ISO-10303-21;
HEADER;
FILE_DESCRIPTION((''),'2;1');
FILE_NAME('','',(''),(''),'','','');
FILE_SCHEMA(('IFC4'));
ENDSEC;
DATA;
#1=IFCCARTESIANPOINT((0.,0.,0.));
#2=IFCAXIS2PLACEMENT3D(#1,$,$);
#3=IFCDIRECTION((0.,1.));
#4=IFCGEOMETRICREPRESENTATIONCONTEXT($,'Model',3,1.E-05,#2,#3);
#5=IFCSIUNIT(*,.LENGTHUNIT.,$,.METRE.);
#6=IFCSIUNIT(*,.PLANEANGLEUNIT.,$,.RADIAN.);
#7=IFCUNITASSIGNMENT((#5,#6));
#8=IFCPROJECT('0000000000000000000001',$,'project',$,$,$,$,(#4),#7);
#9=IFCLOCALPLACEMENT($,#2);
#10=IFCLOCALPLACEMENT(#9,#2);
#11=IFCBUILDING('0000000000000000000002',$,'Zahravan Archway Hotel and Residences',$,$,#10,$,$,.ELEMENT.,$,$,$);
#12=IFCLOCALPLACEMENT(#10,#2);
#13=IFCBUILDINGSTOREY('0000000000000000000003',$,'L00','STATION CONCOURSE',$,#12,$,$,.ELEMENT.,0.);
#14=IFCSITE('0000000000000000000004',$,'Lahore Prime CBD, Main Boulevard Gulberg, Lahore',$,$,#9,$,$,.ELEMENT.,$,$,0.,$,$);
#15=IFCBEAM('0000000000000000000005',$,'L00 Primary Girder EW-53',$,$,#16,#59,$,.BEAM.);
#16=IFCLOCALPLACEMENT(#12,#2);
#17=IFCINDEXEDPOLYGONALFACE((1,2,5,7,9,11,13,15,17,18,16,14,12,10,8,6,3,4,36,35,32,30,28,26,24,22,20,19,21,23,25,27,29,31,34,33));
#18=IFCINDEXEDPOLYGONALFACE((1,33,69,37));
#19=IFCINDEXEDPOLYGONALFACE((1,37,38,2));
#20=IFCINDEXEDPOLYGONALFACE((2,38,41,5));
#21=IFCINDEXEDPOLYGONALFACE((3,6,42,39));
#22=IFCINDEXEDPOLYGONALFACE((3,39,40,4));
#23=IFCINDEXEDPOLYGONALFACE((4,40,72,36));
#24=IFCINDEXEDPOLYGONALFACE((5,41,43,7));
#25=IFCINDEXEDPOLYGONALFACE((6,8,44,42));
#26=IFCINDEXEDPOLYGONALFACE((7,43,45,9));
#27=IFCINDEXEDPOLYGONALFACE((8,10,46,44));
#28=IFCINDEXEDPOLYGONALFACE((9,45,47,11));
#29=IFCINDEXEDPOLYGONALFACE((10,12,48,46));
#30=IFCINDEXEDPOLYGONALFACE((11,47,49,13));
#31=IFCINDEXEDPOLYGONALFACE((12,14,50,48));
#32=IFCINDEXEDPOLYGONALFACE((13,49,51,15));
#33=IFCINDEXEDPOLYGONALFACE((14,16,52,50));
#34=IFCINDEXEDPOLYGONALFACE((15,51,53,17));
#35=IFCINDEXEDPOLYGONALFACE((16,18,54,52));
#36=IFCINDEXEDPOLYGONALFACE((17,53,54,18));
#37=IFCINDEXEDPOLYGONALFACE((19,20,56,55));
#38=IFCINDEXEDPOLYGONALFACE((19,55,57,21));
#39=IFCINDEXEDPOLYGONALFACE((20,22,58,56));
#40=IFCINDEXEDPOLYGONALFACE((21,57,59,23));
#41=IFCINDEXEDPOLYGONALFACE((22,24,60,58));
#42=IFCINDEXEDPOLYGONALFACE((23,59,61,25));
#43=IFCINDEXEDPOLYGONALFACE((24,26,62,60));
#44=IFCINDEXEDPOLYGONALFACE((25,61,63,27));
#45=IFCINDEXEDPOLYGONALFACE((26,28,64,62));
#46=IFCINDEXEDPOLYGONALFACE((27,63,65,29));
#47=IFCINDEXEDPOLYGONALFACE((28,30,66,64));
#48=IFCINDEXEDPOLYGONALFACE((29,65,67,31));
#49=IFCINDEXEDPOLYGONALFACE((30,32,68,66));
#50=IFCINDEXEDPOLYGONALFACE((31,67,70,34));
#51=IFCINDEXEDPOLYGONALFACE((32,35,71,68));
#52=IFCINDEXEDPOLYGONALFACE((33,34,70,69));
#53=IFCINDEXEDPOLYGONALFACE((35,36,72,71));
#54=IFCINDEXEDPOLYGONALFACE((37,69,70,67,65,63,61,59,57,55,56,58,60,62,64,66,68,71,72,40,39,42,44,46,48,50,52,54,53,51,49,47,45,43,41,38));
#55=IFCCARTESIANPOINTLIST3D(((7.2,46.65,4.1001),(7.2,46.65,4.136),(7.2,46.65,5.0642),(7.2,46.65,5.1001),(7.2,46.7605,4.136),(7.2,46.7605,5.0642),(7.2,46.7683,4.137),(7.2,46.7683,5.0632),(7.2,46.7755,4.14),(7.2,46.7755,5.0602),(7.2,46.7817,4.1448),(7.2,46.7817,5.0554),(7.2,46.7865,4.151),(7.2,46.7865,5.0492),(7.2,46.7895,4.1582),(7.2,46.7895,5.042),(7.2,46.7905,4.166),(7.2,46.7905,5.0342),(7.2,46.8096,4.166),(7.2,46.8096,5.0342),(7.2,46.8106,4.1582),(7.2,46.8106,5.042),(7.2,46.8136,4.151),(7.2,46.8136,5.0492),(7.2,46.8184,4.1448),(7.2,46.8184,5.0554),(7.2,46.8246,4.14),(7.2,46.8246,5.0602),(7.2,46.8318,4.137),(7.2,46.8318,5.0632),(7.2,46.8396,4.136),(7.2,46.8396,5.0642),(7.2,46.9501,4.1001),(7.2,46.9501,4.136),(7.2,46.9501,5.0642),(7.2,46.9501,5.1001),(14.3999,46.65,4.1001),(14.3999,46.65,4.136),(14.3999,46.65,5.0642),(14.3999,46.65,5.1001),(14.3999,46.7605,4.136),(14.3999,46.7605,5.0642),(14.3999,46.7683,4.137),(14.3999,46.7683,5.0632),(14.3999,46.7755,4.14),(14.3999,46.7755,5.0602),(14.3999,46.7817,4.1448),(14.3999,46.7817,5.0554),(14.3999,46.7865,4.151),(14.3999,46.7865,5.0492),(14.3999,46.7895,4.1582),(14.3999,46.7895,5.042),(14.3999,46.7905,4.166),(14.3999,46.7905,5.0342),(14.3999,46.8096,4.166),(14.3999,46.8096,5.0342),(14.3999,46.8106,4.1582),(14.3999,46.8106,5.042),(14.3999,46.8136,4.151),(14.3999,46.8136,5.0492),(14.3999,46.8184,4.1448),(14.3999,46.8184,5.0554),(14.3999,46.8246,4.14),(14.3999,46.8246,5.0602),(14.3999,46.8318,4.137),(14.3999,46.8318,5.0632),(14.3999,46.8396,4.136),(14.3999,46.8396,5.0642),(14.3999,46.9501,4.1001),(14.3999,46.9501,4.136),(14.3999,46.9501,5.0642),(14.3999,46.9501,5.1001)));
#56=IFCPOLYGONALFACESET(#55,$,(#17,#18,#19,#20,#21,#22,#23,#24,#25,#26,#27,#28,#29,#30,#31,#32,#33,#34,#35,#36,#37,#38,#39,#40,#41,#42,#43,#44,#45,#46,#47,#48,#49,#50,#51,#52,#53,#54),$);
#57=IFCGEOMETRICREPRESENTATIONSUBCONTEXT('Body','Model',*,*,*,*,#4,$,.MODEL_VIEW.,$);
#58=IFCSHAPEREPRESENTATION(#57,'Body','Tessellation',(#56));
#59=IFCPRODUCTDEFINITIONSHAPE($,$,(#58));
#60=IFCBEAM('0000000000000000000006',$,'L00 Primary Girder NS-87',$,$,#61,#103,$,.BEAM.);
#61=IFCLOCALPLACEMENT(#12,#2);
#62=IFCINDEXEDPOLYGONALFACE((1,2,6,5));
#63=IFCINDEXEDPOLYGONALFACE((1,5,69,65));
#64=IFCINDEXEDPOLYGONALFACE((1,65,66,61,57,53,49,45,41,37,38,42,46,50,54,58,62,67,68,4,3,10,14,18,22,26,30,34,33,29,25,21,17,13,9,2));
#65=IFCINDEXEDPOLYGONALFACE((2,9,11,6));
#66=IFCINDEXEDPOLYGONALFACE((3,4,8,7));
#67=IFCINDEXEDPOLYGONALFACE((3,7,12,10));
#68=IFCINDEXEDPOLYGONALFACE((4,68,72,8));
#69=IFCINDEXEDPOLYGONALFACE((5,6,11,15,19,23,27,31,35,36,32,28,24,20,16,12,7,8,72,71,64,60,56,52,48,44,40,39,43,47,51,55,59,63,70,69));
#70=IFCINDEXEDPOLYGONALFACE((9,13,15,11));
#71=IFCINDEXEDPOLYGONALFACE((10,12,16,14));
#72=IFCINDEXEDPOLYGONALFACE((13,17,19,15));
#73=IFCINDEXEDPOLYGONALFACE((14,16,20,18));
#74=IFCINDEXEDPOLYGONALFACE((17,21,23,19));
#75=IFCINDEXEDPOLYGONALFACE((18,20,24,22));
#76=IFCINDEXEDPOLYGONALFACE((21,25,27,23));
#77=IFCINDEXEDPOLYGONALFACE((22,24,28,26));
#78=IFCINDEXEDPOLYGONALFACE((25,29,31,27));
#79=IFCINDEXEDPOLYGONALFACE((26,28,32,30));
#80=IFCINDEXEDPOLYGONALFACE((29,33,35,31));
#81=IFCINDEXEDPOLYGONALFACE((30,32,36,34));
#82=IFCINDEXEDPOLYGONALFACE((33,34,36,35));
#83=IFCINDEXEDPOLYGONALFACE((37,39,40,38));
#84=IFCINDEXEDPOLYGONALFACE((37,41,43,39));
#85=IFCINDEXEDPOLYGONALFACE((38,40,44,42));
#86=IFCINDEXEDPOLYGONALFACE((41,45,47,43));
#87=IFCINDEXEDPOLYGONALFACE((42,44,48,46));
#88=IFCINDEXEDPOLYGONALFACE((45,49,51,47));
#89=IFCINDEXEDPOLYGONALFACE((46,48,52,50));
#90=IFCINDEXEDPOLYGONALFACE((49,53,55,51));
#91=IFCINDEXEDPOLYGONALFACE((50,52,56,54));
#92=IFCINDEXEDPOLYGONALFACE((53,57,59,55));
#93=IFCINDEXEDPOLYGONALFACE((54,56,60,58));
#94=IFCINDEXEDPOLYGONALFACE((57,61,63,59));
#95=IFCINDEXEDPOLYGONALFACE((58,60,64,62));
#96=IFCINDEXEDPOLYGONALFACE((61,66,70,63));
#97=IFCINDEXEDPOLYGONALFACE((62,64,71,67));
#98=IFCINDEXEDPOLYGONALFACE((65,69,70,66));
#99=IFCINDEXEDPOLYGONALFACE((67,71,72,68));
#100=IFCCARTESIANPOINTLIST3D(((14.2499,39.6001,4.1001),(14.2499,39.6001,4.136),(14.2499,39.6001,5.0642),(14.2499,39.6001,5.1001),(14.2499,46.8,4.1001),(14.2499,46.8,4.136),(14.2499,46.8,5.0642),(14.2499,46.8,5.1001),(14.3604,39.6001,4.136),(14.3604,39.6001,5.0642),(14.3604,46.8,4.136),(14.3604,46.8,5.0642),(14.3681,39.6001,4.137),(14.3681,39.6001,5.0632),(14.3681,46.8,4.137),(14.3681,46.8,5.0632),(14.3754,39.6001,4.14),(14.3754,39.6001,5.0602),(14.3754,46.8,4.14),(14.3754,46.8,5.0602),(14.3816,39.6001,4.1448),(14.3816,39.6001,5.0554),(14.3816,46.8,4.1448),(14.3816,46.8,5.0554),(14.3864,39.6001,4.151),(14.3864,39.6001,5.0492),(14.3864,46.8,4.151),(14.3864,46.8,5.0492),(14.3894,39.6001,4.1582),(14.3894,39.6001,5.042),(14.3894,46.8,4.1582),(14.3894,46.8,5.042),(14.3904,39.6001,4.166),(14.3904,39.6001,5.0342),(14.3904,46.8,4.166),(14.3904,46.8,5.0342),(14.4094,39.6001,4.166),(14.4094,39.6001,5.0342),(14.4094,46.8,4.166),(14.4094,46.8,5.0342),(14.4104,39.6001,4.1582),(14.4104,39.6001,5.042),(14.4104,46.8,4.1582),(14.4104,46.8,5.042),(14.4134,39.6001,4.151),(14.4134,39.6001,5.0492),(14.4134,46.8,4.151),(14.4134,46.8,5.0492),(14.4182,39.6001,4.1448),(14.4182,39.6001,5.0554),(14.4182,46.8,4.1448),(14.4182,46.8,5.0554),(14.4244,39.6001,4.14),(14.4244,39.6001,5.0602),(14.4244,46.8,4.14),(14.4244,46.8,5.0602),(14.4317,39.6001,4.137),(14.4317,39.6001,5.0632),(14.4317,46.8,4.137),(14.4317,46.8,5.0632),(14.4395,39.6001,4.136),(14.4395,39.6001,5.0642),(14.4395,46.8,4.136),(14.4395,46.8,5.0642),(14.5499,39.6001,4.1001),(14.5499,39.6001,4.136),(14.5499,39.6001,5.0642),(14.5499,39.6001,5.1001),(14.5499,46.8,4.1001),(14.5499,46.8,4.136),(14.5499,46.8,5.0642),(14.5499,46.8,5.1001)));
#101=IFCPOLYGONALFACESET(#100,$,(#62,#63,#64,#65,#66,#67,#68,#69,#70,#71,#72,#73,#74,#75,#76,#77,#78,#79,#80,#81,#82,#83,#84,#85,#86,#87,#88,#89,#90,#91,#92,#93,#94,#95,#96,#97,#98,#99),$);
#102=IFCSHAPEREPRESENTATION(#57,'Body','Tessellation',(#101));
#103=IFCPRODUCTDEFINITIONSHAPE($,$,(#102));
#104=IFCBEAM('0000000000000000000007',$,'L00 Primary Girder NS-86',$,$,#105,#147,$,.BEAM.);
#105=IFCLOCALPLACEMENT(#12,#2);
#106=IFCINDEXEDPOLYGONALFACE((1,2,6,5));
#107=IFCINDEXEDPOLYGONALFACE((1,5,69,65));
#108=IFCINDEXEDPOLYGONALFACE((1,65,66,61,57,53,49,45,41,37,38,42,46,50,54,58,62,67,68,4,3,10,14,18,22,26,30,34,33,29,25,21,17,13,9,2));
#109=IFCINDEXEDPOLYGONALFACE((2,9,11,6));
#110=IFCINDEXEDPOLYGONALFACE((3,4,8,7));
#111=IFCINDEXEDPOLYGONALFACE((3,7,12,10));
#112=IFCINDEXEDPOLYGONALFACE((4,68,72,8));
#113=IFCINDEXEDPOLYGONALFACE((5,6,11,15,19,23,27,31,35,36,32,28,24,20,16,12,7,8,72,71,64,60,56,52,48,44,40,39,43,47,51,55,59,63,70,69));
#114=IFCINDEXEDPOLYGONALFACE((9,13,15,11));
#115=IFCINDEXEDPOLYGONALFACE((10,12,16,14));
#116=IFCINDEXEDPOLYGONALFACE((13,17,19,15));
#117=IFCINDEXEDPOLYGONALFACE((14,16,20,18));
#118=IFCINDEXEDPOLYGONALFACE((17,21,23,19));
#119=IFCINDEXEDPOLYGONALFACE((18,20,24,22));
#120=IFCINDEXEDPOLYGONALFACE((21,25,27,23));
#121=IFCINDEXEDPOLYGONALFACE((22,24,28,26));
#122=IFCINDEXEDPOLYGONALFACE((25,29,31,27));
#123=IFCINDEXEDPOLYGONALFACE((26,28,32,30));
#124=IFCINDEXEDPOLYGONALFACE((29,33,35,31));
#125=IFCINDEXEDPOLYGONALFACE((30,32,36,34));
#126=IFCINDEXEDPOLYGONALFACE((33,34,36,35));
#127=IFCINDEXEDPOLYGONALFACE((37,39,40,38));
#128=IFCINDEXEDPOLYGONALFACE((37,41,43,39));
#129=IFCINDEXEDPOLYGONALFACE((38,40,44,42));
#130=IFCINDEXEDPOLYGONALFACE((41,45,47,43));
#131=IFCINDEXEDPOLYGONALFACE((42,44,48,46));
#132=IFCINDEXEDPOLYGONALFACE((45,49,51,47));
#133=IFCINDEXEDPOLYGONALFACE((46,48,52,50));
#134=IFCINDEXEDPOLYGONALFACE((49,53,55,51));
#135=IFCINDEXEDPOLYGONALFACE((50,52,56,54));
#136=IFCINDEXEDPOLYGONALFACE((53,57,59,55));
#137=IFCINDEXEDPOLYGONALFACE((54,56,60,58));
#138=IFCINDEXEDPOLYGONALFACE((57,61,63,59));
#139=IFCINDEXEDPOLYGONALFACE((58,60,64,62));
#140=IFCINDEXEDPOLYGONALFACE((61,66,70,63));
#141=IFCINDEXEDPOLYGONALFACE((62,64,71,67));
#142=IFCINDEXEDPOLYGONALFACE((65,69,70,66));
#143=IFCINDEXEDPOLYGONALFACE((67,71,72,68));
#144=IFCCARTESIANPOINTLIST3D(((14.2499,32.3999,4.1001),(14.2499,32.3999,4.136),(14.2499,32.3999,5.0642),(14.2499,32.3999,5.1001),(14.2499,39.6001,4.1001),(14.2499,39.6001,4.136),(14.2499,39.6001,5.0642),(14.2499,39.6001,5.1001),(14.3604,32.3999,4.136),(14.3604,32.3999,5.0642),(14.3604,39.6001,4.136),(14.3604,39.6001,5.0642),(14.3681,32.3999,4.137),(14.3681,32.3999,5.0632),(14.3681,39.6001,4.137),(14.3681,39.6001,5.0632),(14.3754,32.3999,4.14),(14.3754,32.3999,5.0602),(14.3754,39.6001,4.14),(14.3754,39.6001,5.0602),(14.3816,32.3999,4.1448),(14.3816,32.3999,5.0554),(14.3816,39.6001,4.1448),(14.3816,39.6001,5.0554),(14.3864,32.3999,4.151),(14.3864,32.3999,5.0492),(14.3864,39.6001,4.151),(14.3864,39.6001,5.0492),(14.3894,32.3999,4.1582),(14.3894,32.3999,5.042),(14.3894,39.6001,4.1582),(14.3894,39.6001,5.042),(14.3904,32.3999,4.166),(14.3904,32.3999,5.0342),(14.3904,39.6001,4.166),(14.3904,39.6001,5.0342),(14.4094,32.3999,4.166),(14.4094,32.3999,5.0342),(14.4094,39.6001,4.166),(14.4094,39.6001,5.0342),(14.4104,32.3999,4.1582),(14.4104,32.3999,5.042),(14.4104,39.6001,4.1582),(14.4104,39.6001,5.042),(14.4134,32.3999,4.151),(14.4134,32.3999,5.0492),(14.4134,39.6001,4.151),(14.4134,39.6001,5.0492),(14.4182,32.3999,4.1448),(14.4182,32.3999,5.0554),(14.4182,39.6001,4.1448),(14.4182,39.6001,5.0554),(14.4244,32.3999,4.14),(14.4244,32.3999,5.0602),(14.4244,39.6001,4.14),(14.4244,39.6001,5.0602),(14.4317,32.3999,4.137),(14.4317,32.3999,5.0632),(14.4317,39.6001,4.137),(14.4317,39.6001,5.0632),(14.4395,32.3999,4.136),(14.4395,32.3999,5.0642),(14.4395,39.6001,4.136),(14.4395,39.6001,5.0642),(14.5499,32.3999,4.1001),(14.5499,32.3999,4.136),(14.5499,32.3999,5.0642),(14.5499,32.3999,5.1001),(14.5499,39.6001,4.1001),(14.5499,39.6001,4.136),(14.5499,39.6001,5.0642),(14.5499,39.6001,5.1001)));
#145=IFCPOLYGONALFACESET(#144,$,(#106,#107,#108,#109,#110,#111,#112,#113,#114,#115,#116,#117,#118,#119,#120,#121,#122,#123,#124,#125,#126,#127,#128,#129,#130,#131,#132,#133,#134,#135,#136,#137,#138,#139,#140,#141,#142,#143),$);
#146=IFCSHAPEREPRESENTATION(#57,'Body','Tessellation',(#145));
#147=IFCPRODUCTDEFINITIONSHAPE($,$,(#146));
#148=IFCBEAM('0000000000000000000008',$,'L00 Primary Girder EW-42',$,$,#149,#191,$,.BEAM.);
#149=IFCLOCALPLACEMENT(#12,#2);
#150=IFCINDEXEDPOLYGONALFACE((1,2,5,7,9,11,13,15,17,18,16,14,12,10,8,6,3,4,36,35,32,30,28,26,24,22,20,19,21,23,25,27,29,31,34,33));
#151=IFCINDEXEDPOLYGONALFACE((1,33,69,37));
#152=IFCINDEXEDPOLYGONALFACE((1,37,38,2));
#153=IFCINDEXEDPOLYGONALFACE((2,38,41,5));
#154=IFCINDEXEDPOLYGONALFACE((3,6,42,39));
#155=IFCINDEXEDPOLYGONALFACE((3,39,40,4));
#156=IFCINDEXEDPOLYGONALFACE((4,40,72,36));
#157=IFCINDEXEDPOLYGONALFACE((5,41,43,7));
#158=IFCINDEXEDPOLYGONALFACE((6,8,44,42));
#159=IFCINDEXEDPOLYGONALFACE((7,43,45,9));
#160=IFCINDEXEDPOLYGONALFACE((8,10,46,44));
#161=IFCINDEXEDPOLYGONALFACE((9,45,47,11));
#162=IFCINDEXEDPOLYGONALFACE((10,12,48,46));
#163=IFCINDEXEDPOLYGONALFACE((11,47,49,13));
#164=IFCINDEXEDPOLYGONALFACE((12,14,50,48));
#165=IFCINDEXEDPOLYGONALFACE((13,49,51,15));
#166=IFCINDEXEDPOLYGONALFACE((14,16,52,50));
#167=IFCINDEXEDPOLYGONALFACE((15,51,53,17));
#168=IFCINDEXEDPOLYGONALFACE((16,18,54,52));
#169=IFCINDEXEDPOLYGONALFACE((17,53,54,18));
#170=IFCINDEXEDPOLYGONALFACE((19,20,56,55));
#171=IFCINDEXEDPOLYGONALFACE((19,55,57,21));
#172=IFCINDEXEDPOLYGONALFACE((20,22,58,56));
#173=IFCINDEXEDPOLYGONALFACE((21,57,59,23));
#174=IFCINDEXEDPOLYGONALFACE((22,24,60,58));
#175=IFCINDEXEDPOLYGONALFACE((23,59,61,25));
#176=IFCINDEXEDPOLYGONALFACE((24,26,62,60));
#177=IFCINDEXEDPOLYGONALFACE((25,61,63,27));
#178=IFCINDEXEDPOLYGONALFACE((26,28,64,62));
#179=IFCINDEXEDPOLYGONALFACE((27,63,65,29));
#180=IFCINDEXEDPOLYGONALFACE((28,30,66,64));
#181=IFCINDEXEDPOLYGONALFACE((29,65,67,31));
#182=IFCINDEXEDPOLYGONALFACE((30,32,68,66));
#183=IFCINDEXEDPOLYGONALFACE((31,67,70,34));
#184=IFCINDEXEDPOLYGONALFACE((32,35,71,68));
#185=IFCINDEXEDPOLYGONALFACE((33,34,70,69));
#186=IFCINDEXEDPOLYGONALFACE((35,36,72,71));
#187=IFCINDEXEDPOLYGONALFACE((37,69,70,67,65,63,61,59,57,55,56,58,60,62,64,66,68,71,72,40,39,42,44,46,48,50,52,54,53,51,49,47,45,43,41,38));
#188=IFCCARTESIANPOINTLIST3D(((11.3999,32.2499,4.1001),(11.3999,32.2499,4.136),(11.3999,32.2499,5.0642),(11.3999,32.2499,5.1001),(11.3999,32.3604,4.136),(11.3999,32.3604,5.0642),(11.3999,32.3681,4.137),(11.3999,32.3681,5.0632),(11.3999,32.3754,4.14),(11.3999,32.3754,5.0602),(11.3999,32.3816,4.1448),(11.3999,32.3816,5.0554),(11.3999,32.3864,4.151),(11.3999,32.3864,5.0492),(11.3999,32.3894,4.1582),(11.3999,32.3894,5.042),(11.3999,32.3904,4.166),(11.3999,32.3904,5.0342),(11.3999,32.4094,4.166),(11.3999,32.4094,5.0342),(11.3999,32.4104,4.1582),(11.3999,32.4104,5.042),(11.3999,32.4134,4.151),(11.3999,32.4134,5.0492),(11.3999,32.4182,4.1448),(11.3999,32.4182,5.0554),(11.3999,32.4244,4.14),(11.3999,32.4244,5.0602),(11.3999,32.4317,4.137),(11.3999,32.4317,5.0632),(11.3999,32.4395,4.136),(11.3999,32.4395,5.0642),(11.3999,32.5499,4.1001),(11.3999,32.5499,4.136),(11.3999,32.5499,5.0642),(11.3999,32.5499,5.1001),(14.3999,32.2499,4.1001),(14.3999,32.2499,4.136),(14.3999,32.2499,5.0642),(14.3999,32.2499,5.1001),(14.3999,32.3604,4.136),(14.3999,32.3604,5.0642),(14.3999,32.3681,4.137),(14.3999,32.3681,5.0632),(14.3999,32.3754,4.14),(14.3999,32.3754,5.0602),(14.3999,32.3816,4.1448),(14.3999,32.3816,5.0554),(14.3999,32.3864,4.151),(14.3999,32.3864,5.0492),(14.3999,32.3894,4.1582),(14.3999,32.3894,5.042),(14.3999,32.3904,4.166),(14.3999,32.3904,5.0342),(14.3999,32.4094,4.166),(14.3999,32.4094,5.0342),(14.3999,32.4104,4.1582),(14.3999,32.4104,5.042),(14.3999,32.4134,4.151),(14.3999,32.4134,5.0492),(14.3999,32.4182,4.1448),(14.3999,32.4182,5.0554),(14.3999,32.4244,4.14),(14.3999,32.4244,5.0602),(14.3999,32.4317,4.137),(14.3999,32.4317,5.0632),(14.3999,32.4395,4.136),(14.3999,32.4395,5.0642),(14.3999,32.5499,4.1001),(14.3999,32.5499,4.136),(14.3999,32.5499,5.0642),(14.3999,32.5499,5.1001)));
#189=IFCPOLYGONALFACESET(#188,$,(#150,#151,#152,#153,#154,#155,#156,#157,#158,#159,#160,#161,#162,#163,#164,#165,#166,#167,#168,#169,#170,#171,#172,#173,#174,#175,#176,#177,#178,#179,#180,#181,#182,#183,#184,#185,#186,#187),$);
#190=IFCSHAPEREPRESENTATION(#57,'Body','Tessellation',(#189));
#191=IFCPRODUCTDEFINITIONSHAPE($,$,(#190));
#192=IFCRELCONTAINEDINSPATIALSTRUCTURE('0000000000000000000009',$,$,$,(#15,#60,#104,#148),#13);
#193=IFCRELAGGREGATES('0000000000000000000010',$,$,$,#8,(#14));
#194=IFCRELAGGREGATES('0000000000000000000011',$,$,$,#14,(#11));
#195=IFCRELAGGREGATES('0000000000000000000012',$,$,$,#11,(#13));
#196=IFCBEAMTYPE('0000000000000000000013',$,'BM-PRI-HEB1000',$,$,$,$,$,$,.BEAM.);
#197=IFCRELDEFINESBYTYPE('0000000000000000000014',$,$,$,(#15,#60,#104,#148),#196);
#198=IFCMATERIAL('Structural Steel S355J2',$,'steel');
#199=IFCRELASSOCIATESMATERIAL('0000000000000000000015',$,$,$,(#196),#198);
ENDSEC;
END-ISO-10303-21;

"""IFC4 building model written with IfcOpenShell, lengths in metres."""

from ifc_helpers import new_model, si_unit, direction, frame, origin, origin_2d, place, context, subcontext, project, spatial, i_section, extrude, source, transform, mapped, material, material_profile, profile_set, type_object, element, save


model = new_model("IFC4")

# Units and contexts
model_context = context("Model", 3, precision=1e-05, world=origin(), true_north=direction((0.0, 1.0)))
body_context = subcontext(model_context, "Body", "Model", "MODEL_VIEW")
ifc_project = project(units=[si_unit("LENGTHUNIT", "METRE"), si_unit("PLANEANGLEUNIT", "RADIAN")], contexts=[model_context])

# Site, building, storey
site_placement = place(None, origin())
site = spatial("IfcSite", under=ifc_project, at=site_placement, Name="Lahore Prime CBD, Main Boulevard Gulberg, Lahore", CompositionType="ELEMENT", RefElevation=0.0)
building_placement = place(site_placement, origin())
building = spatial("IfcBuilding", under=site, at=building_placement, Name="Zahravan Archway Hotel and Residences", CompositionType="ELEMENT")
storey_placement = place(building_placement, origin())
storey = spatial("IfcBuildingStorey", under=building, at=storey_placement, Name="L00", Description="STATION CONCOURSE", CompositionType="ELEMENT", Elevation=0.0)

# Beams
ifc_material_1 = material(Name="Structural Steel S355J2", Category="steel")
ifc_material_profile_1 = material_profile(ifc_material_1, i_section(OverallWidth=0.3, OverallDepth=1.0, WebThickness=0.019, FlangeThickness=0.0359, FilletRadius=0.03, at=origin_2d()), Name="HEB 1000", Category="steel")
ifc_profile_set_1 = profile_set([ifc_material_profile_1], Name="Structural Steel S355J2")
beam_type_1 = type_object("IfcBeamType", Name="BM-PRI-HEB1000", PredefinedType="BEAM", material=ifc_profile_set_1)
shared_shape_1 = source(origin(), body_context, "Body", "SweptSolid", [
    extrude(i_section(OverallWidth=0.3, OverallDepth=1.0, WebThickness=0.019, FlangeThickness=0.0359, FilletRadius=0.03, at=origin_2d()), origin(), (0.0, 0.0, 1.0), 7.2),
])
for number, where, z_axis, x_axis, name in (
    (1, (7.2, 46.8, 4.6001), (1.0, 0.0, 0.0), (0.0, 1.0, 0.0), "L00 Primary Girder EW-53"),
    (2, (14.3999, 39.6001, 4.6001), (0.0, 1.0, 0.0), (-1.0, 0.0, 0.0), "L00 Primary Girder NS-87"),
):
    element("IfcBeam", number, at=place(storey_placement, frame(where, z_axis=z_axis, x_axis=x_axis)), inside=storey, type_object=beam_type_1, Name=name, PredefinedType="BEAM", context=body_context, shape_type="MappedRepresentation", body=[
        mapped(shared_shape_1, transform((0.0, 0.0, 0.0), scale=1.0)),
    ])
shared_shape_2 = source(origin(), body_context, "Body", "SweptSolid", [
    extrude(i_section(OverallWidth=0.3, OverallDepth=1.0, WebThickness=0.019, FlangeThickness=0.0359, FilletRadius=0.03, at=origin_2d()), origin(), (0.0, 0.0, 1.0), 7.2002),
])
beam_1_placement = place(storey_placement, frame((14.3999, 32.3999, 4.6001), z_axis=(0.0, 1.0, 0.0), x_axis=(-1.0, 0.0, 0.0)))
element("IfcBeam", 3, at=beam_1_placement, inside=storey, type_object=beam_type_1, Name="L00 Primary Girder NS-86", PredefinedType="BEAM", context=body_context, shape_type="MappedRepresentation", body=[
    mapped(shared_shape_2, transform((0.0, 0.0, 0.0), scale=1.0)),
])
shared_shape_3 = source(origin(), body_context, "Body", "SweptSolid", [
    extrude(i_section(OverallWidth=0.3, OverallDepth=1.0, WebThickness=0.019, FlangeThickness=0.0359, FilletRadius=0.03, at=origin_2d()), origin(), (0.0, 0.0, 1.0), 3.0),
])
for number, where, z_axis, x_axis, name in (
    (4, (11.3999, 32.3999, 4.6001), (1.0, 0.0, 0.0), (0.0, 1.0, 0.0), "L00 Primary Girder EW-42"),
):
    element("IfcBeam", number, at=place(storey_placement, frame(where, z_axis=z_axis, x_axis=x_axis)), inside=storey, type_object=beam_type_1, Name=name, PredefinedType="BEAM", context=body_context, shape_type="MappedRepresentation", body=[
        mapped(shared_shape_3, transform((0.0, 0.0, 0.0), scale=1.0)),
    ])

save(model, "model.ifc")
